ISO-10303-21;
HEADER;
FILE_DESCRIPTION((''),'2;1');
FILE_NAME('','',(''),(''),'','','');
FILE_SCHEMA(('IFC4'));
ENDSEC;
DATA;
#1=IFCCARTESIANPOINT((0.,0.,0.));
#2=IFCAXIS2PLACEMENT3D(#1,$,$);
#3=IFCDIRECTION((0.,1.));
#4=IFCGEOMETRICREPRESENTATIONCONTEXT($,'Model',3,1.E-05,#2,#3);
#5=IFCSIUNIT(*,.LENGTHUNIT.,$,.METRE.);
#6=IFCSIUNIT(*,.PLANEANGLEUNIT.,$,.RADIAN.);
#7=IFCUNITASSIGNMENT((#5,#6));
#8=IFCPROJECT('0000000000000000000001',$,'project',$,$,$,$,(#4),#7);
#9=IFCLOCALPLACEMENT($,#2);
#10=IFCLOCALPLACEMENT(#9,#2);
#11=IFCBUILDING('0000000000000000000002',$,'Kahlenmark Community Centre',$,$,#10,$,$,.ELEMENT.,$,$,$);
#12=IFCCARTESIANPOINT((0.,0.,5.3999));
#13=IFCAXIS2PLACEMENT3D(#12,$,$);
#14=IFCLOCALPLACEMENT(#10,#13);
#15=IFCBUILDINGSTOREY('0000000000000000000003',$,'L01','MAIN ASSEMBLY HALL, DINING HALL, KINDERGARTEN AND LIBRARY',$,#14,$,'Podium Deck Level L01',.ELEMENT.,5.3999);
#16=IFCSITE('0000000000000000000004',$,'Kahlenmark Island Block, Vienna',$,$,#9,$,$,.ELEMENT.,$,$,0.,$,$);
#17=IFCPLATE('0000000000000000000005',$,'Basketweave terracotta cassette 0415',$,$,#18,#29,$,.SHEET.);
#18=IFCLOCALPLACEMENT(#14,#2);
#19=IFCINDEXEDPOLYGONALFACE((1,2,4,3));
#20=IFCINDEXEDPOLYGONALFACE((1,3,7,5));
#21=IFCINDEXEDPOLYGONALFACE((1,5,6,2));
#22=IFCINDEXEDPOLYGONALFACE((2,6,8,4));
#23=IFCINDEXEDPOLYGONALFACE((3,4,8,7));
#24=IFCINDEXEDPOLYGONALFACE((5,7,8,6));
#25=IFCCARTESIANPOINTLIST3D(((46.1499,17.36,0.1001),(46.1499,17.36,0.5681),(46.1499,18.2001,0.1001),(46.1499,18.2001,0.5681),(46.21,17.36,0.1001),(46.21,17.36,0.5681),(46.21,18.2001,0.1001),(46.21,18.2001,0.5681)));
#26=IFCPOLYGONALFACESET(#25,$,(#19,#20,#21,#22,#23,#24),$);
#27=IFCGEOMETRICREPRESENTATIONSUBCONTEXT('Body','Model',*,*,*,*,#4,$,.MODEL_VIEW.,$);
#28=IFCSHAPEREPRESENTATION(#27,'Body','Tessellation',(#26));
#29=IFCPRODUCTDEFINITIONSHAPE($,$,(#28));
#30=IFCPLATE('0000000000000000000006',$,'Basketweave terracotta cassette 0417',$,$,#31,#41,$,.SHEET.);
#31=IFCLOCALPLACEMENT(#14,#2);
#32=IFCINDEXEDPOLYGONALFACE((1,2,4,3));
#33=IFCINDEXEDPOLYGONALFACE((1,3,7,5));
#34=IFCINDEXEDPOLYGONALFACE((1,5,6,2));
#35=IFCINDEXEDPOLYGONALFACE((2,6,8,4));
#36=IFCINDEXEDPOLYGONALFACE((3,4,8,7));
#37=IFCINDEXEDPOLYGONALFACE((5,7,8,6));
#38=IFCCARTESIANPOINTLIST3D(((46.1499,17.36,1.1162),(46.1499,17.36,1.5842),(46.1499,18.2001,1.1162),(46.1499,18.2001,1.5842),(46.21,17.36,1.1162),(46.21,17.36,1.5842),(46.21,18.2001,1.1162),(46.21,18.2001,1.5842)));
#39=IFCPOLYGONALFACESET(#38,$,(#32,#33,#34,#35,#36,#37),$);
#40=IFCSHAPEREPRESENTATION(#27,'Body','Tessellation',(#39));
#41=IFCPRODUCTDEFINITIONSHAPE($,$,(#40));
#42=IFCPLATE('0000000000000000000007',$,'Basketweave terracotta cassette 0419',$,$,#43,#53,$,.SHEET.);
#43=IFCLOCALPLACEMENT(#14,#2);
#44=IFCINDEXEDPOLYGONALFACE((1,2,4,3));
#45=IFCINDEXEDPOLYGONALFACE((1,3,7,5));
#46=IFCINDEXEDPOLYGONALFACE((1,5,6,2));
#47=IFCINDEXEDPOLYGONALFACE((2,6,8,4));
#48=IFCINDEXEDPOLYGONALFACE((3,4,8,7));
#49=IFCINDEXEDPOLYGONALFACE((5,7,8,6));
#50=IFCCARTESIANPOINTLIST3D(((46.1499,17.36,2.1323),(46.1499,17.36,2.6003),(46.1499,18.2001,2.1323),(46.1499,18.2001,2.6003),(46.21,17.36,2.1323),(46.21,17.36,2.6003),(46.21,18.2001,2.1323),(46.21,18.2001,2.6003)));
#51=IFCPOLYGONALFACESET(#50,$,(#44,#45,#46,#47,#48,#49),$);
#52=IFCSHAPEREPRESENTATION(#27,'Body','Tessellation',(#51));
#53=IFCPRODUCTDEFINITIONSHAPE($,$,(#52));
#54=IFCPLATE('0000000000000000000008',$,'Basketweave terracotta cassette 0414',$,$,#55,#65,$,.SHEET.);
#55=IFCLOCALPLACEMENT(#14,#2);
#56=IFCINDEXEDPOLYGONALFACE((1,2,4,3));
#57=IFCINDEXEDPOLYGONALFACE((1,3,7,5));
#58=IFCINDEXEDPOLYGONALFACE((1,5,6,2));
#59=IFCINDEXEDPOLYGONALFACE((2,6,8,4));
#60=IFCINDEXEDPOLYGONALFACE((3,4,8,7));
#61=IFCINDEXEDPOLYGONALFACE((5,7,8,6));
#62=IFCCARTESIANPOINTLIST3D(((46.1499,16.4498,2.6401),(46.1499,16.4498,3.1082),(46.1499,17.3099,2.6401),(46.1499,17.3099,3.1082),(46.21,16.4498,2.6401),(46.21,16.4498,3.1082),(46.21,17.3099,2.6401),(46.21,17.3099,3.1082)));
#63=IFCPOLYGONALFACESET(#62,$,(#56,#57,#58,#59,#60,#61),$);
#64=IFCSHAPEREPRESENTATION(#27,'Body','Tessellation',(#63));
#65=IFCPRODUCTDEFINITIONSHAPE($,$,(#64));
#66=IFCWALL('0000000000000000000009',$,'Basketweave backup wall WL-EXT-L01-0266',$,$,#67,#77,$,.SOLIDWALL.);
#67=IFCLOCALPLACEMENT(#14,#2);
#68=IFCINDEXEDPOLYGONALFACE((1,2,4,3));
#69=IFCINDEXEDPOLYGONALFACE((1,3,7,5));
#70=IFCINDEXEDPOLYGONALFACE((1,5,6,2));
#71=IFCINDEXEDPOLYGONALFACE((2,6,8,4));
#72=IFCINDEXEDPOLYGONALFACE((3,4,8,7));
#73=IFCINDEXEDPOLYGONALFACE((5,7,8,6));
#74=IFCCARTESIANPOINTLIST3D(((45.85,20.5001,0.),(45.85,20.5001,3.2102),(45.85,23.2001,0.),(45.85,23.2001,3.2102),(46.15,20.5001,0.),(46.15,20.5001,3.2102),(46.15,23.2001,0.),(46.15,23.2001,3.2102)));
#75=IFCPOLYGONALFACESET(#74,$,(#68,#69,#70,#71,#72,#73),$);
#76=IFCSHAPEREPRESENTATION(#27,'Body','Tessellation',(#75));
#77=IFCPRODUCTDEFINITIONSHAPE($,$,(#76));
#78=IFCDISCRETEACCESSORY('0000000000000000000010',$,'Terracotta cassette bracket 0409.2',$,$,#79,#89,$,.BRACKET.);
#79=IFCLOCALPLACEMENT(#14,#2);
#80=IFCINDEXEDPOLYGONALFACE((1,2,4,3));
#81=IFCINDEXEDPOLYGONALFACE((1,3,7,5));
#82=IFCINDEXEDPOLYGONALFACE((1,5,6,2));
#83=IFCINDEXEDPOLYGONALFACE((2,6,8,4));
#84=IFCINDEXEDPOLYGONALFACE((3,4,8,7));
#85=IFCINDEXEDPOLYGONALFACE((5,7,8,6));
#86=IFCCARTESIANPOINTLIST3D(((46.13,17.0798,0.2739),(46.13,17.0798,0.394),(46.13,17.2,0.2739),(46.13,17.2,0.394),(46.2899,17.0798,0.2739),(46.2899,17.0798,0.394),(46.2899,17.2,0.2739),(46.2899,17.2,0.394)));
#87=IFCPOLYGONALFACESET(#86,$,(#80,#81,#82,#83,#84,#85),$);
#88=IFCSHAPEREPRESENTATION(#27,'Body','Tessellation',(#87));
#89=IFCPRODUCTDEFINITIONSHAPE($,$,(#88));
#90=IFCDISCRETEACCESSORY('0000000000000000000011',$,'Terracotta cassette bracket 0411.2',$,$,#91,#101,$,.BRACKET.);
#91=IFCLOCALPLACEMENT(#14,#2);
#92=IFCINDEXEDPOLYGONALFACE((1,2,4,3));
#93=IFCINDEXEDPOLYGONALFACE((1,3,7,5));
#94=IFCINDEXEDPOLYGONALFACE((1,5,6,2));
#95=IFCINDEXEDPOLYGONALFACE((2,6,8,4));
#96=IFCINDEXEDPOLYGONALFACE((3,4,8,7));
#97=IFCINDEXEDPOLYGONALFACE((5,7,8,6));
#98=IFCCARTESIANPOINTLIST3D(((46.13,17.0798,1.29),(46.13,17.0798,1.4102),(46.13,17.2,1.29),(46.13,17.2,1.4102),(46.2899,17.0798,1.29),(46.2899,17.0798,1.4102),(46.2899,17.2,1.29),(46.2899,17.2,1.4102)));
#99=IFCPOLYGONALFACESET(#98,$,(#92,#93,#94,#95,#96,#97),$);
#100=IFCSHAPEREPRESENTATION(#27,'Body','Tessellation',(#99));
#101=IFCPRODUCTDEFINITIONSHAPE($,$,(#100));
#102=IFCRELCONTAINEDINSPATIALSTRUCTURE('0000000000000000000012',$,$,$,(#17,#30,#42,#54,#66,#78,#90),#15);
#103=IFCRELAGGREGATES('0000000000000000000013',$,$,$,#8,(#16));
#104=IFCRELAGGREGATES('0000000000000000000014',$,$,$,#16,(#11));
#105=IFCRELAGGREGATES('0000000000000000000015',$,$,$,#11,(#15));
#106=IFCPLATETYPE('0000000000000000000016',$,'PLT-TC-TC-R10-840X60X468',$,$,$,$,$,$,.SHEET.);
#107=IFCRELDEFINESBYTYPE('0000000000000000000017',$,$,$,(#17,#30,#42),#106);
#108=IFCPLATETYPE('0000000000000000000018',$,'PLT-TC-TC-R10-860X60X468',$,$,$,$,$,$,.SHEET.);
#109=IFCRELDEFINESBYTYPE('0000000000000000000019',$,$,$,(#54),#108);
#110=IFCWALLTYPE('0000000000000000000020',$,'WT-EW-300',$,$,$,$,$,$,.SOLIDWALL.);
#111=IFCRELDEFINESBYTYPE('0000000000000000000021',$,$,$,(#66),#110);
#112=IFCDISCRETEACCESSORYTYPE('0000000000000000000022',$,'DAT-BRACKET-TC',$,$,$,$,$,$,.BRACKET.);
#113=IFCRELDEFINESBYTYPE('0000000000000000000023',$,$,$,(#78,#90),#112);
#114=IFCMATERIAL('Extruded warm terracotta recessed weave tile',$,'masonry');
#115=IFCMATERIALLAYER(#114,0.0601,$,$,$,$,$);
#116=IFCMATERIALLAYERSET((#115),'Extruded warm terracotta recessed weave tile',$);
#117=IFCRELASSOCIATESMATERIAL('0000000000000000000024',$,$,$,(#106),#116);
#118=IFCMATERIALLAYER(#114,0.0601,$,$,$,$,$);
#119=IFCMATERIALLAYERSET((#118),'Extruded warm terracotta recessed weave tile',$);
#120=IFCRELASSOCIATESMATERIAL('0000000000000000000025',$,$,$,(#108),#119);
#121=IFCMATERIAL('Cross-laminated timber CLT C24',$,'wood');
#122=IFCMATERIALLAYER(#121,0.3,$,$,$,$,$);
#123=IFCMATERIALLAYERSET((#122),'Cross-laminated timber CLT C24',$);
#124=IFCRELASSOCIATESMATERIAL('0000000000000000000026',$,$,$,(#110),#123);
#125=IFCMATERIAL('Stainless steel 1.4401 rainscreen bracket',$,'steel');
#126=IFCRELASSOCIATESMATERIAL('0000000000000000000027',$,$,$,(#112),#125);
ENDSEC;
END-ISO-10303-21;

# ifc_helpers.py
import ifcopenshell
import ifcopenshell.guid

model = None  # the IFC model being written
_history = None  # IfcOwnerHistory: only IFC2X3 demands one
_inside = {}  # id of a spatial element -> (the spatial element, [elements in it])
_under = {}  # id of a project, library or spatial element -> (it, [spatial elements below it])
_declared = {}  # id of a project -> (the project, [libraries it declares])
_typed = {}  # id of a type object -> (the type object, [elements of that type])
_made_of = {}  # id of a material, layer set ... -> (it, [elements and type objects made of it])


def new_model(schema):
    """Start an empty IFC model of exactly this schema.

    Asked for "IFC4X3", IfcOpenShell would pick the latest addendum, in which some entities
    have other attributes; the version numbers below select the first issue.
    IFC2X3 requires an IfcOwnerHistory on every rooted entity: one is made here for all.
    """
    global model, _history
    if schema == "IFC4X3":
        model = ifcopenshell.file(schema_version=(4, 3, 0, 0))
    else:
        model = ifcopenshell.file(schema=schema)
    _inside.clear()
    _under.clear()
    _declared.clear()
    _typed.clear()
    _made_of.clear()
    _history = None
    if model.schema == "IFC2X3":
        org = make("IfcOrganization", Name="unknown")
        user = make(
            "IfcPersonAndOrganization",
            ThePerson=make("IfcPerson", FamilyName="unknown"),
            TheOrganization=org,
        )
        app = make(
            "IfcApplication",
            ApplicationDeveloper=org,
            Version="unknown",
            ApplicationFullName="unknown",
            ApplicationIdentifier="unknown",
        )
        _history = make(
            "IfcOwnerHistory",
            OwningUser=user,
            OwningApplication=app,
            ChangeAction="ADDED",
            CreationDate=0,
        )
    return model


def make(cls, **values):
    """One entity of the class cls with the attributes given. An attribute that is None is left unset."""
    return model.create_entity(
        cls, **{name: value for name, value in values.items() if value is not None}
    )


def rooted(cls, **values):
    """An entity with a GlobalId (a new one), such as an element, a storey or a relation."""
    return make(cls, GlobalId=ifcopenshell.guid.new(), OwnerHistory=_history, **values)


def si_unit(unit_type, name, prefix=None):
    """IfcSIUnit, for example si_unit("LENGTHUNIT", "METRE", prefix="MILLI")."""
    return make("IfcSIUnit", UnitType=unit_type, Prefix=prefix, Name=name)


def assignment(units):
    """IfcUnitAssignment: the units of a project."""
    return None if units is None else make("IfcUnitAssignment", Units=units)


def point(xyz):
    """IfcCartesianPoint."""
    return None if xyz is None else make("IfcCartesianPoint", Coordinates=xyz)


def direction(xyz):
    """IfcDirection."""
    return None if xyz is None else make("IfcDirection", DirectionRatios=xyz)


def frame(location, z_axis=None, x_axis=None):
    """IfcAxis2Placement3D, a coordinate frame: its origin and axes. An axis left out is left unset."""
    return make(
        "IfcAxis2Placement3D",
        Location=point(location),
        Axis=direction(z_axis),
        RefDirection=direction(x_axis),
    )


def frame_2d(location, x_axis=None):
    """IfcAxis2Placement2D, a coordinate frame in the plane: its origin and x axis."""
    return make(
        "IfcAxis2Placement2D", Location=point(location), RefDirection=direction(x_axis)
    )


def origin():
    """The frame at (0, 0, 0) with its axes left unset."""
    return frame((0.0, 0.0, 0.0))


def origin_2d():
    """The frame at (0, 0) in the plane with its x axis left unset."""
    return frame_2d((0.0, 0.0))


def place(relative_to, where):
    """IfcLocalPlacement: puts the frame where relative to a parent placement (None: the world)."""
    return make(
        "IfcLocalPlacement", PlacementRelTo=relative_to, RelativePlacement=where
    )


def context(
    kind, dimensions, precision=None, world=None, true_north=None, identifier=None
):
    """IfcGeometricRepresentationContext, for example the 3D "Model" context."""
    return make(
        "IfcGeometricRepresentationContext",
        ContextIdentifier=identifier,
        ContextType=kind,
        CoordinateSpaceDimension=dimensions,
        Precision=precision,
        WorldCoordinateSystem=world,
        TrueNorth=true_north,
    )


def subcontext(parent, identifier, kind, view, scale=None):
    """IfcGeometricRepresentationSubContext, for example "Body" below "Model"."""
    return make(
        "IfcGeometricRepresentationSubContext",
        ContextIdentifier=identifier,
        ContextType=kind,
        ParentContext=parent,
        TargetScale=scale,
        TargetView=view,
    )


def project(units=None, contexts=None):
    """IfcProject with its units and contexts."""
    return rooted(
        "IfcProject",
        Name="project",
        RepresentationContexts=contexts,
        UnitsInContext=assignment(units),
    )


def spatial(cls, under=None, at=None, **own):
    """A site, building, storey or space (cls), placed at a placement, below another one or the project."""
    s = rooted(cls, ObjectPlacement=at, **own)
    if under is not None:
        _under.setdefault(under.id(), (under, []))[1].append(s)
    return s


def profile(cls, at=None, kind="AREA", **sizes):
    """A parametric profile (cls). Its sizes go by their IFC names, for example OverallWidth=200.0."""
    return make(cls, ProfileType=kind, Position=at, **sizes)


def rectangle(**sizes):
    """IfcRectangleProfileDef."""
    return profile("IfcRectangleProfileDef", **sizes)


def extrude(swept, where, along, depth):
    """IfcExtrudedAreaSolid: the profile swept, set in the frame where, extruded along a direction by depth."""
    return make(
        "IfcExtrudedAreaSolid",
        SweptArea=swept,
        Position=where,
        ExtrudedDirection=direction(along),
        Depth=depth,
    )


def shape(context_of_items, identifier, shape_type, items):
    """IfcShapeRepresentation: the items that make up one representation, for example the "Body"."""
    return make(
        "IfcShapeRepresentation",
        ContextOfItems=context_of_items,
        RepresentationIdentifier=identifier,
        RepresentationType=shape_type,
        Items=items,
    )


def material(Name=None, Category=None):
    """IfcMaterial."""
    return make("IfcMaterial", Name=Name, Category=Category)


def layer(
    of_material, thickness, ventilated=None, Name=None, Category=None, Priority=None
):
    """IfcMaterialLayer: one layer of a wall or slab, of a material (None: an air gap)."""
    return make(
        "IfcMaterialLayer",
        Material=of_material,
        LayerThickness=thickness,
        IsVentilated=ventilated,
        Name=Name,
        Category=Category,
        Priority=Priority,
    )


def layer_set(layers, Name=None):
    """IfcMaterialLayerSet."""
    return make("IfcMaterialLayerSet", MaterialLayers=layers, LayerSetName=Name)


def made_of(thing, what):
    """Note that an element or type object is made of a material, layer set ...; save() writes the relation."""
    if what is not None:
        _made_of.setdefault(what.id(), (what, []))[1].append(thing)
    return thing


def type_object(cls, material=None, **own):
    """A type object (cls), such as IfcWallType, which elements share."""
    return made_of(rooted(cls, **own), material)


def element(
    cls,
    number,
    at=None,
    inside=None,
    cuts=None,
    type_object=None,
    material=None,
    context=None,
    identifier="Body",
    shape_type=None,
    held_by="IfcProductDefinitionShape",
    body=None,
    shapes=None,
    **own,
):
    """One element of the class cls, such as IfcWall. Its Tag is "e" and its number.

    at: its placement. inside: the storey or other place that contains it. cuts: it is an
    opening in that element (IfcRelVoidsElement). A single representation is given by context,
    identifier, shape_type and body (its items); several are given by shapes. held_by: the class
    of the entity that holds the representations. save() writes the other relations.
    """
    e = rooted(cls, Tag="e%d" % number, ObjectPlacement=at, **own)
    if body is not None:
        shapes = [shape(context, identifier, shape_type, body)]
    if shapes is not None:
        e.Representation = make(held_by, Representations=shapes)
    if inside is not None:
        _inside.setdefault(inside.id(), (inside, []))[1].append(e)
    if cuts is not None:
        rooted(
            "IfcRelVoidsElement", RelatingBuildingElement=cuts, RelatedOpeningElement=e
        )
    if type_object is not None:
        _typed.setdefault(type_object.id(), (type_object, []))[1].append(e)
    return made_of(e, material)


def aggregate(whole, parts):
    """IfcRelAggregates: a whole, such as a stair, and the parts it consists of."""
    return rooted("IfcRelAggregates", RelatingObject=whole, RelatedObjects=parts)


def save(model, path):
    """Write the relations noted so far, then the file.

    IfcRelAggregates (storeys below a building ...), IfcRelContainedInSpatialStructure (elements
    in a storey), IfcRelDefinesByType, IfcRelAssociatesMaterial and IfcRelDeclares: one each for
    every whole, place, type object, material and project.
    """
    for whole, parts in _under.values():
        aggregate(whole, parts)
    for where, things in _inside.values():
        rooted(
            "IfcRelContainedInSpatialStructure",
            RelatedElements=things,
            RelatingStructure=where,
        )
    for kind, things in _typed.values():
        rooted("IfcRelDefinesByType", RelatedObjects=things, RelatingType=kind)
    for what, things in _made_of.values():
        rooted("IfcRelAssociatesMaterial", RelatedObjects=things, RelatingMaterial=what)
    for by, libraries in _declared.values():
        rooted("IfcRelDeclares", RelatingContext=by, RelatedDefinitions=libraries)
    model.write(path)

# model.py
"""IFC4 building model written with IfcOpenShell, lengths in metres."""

from ifc_helpers import new_model, si_unit, direction, frame, frame_2d, origin, origin_2d, place, context, subcontext, project, spatial, rectangle, extrude, material, layer, layer_set, type_object, element, save


model = new_model("IFC4")

# Units and contexts
model_context = context("Model", 3, precision=1e-05, world=origin(), true_north=direction((0.0, 1.0)))
body_context = subcontext(model_context, "Body", "Model", "MODEL_VIEW")
ifc_project = project(units=[si_unit("LENGTHUNIT", "METRE"), si_unit("PLANEANGLEUNIT", "RADIAN")], contexts=[model_context])

# Site, building, storey
site_placement = place(None, origin())
site = spatial("IfcSite", under=ifc_project, at=site_placement, Name="Kahlenmark Island Block, Vienna", CompositionType="ELEMENT", RefElevation=0.0)
building_placement = place(site_placement, origin())
building = spatial("IfcBuilding", under=site, at=building_placement, Name="Kahlenmark Community Centre", CompositionType="ELEMENT")
storey_placement = place(building_placement, frame((0.0, 0.0, 5.3999)))
storey = spatial("IfcBuildingStorey", under=building, at=storey_placement, Name="L01", Description="MAIN ASSEMBLY HALL, DINING HALL, KINDERGARTEN AND LIBRARY", LongName="Podium Deck Level L01", CompositionType="ELEMENT", Elevation=5.3999)

# Plates
ifc_material_1 = material(Name="Extruded warm terracotta recessed weave tile", Category="masonry")
ifc_layer_1 = layer(ifc_material_1, 0.0601)
ifc_layer_set_1 = layer_set([ifc_layer_1], Name="Extruded warm terracotta recessed weave tile")
plate_type_1 = type_object("IfcPlateType", Name="PLT-TC-TC-R10-840X60X468", PredefinedType="SHEET", material=ifc_layer_set_1)
for number, where, z_axis, x_axis, name in (
    (1, (46.1799, 17.78, 0.1001), (0.0, 0.0, 1.0), (0.0, 1.0, 0.0), "Basketweave terracotta cassette 0415"),
    (2, (46.1799, 17.78, 1.1162), (0.0, 0.0, 1.0), (0.0, 1.0, 0.0), "Basketweave terracotta cassette 0417"),
    (3, (46.1799, 17.78, 2.1323), (0.0, 0.0, 1.0), (0.0, 1.0, 0.0), "Basketweave terracotta cassette 0419"),
):
    element("IfcPlate", number, at=place(storey_placement, frame(where, z_axis=z_axis, x_axis=x_axis)), inside=storey, type_object=plate_type_1, Name=name, PredefinedType="SHEET", context=body_context, shape_type="SweptSolid", body=[
        extrude(rectangle(XDim=0.8401, YDim=0.0601, at=origin_2d()), origin(), (0.0, 0.0, 1.0), 0.468),
    ])
ifc_layer_2 = layer(ifc_material_1, 0.0601)
ifc_layer_set_2 = layer_set([ifc_layer_2], Name="Extruded warm terracotta recessed weave tile")
plate_type_2 = type_object("IfcPlateType", Name="PLT-TC-TC-R10-860X60X468", PredefinedType="SHEET", material=ifc_layer_set_2)
plate_1_placement = place(storey_placement, frame((46.1799, 16.8799, 2.6401), z_axis=(0.0, 0.0, 1.0), x_axis=(0.0, 1.0, 0.0)))
element("IfcPlate", 4, at=plate_1_placement, inside=storey, type_object=plate_type_2, Name="Basketweave terracotta cassette 0414", PredefinedType="SHEET", context=body_context, shape_type="SweptSolid", body=[
    extrude(rectangle(XDim=0.8601, YDim=0.0601, at=origin_2d()), origin(), (0.0, 0.0, 1.0), 0.468),
])

# Wall
ifc_material_2 = material(Name="Cross-laminated timber CLT C24", Category="wood")
ifc_layer_3 = layer(ifc_material_2, 0.3)
ifc_layer_set_3 = layer_set([ifc_layer_3], Name="Cross-laminated timber CLT C24")
wall_type = type_object("IfcWallType", Name="WT-EW-300", PredefinedType="SOLIDWALL", material=ifc_layer_set_3)
wall_placement = place(storey_placement, frame((46.0, 20.5, 0.0), z_axis=(0.0, 0.0, 1.0), x_axis=(0.0, 1.0, 0.0)))
element("IfcWall", 5, at=wall_placement, inside=storey, type_object=wall_type, Name="Basketweave backup wall WL-EXT-L01-0266", PredefinedType="SOLIDWALL", context=body_context, shape_type="SweptSolid", body=[
    extrude(rectangle(XDim=2.7, YDim=0.3, at=frame_2d((1.3501, 0.0))), origin(), (0.0, 0.0, 1.0), 3.2102),
])

# Discrete accessories
ifc_material_3 = material(Name="Stainless steel 1.4401 rainscreen bracket", Category="steel")
discrete_accessory_type = type_object("IfcDiscreteAccessoryType", Name="DAT-BRACKET-TC", PredefinedType="BRACKET", material=ifc_material_3)
for number, where, z_axis, x_axis, name in (
    (6, (46.21, 17.1399, 0.2739), (0.0, 0.0, 1.0), (0.0, 1.0, 0.0), "Terracotta cassette bracket 0409.2"),
    (7, (46.21, 17.1399, 1.29), (0.0, 0.0, 1.0), (0.0, 1.0, 0.0), "Terracotta cassette bracket 0411.2"),
):
    element("IfcDiscreteAccessory", number, at=place(storey_placement, frame(where, z_axis=z_axis, x_axis=x_axis)), inside=storey, type_object=discrete_accessory_type, Name=name, PredefinedType="BRACKET", context=body_context, shape_type="SweptSolid", body=[
        extrude(rectangle(XDim=0.1201, YDim=0.1599, at=origin_2d()), origin(), (0.0, 0.0, 1.0), 0.1201),
    ])

save(model, "model.ifc")
